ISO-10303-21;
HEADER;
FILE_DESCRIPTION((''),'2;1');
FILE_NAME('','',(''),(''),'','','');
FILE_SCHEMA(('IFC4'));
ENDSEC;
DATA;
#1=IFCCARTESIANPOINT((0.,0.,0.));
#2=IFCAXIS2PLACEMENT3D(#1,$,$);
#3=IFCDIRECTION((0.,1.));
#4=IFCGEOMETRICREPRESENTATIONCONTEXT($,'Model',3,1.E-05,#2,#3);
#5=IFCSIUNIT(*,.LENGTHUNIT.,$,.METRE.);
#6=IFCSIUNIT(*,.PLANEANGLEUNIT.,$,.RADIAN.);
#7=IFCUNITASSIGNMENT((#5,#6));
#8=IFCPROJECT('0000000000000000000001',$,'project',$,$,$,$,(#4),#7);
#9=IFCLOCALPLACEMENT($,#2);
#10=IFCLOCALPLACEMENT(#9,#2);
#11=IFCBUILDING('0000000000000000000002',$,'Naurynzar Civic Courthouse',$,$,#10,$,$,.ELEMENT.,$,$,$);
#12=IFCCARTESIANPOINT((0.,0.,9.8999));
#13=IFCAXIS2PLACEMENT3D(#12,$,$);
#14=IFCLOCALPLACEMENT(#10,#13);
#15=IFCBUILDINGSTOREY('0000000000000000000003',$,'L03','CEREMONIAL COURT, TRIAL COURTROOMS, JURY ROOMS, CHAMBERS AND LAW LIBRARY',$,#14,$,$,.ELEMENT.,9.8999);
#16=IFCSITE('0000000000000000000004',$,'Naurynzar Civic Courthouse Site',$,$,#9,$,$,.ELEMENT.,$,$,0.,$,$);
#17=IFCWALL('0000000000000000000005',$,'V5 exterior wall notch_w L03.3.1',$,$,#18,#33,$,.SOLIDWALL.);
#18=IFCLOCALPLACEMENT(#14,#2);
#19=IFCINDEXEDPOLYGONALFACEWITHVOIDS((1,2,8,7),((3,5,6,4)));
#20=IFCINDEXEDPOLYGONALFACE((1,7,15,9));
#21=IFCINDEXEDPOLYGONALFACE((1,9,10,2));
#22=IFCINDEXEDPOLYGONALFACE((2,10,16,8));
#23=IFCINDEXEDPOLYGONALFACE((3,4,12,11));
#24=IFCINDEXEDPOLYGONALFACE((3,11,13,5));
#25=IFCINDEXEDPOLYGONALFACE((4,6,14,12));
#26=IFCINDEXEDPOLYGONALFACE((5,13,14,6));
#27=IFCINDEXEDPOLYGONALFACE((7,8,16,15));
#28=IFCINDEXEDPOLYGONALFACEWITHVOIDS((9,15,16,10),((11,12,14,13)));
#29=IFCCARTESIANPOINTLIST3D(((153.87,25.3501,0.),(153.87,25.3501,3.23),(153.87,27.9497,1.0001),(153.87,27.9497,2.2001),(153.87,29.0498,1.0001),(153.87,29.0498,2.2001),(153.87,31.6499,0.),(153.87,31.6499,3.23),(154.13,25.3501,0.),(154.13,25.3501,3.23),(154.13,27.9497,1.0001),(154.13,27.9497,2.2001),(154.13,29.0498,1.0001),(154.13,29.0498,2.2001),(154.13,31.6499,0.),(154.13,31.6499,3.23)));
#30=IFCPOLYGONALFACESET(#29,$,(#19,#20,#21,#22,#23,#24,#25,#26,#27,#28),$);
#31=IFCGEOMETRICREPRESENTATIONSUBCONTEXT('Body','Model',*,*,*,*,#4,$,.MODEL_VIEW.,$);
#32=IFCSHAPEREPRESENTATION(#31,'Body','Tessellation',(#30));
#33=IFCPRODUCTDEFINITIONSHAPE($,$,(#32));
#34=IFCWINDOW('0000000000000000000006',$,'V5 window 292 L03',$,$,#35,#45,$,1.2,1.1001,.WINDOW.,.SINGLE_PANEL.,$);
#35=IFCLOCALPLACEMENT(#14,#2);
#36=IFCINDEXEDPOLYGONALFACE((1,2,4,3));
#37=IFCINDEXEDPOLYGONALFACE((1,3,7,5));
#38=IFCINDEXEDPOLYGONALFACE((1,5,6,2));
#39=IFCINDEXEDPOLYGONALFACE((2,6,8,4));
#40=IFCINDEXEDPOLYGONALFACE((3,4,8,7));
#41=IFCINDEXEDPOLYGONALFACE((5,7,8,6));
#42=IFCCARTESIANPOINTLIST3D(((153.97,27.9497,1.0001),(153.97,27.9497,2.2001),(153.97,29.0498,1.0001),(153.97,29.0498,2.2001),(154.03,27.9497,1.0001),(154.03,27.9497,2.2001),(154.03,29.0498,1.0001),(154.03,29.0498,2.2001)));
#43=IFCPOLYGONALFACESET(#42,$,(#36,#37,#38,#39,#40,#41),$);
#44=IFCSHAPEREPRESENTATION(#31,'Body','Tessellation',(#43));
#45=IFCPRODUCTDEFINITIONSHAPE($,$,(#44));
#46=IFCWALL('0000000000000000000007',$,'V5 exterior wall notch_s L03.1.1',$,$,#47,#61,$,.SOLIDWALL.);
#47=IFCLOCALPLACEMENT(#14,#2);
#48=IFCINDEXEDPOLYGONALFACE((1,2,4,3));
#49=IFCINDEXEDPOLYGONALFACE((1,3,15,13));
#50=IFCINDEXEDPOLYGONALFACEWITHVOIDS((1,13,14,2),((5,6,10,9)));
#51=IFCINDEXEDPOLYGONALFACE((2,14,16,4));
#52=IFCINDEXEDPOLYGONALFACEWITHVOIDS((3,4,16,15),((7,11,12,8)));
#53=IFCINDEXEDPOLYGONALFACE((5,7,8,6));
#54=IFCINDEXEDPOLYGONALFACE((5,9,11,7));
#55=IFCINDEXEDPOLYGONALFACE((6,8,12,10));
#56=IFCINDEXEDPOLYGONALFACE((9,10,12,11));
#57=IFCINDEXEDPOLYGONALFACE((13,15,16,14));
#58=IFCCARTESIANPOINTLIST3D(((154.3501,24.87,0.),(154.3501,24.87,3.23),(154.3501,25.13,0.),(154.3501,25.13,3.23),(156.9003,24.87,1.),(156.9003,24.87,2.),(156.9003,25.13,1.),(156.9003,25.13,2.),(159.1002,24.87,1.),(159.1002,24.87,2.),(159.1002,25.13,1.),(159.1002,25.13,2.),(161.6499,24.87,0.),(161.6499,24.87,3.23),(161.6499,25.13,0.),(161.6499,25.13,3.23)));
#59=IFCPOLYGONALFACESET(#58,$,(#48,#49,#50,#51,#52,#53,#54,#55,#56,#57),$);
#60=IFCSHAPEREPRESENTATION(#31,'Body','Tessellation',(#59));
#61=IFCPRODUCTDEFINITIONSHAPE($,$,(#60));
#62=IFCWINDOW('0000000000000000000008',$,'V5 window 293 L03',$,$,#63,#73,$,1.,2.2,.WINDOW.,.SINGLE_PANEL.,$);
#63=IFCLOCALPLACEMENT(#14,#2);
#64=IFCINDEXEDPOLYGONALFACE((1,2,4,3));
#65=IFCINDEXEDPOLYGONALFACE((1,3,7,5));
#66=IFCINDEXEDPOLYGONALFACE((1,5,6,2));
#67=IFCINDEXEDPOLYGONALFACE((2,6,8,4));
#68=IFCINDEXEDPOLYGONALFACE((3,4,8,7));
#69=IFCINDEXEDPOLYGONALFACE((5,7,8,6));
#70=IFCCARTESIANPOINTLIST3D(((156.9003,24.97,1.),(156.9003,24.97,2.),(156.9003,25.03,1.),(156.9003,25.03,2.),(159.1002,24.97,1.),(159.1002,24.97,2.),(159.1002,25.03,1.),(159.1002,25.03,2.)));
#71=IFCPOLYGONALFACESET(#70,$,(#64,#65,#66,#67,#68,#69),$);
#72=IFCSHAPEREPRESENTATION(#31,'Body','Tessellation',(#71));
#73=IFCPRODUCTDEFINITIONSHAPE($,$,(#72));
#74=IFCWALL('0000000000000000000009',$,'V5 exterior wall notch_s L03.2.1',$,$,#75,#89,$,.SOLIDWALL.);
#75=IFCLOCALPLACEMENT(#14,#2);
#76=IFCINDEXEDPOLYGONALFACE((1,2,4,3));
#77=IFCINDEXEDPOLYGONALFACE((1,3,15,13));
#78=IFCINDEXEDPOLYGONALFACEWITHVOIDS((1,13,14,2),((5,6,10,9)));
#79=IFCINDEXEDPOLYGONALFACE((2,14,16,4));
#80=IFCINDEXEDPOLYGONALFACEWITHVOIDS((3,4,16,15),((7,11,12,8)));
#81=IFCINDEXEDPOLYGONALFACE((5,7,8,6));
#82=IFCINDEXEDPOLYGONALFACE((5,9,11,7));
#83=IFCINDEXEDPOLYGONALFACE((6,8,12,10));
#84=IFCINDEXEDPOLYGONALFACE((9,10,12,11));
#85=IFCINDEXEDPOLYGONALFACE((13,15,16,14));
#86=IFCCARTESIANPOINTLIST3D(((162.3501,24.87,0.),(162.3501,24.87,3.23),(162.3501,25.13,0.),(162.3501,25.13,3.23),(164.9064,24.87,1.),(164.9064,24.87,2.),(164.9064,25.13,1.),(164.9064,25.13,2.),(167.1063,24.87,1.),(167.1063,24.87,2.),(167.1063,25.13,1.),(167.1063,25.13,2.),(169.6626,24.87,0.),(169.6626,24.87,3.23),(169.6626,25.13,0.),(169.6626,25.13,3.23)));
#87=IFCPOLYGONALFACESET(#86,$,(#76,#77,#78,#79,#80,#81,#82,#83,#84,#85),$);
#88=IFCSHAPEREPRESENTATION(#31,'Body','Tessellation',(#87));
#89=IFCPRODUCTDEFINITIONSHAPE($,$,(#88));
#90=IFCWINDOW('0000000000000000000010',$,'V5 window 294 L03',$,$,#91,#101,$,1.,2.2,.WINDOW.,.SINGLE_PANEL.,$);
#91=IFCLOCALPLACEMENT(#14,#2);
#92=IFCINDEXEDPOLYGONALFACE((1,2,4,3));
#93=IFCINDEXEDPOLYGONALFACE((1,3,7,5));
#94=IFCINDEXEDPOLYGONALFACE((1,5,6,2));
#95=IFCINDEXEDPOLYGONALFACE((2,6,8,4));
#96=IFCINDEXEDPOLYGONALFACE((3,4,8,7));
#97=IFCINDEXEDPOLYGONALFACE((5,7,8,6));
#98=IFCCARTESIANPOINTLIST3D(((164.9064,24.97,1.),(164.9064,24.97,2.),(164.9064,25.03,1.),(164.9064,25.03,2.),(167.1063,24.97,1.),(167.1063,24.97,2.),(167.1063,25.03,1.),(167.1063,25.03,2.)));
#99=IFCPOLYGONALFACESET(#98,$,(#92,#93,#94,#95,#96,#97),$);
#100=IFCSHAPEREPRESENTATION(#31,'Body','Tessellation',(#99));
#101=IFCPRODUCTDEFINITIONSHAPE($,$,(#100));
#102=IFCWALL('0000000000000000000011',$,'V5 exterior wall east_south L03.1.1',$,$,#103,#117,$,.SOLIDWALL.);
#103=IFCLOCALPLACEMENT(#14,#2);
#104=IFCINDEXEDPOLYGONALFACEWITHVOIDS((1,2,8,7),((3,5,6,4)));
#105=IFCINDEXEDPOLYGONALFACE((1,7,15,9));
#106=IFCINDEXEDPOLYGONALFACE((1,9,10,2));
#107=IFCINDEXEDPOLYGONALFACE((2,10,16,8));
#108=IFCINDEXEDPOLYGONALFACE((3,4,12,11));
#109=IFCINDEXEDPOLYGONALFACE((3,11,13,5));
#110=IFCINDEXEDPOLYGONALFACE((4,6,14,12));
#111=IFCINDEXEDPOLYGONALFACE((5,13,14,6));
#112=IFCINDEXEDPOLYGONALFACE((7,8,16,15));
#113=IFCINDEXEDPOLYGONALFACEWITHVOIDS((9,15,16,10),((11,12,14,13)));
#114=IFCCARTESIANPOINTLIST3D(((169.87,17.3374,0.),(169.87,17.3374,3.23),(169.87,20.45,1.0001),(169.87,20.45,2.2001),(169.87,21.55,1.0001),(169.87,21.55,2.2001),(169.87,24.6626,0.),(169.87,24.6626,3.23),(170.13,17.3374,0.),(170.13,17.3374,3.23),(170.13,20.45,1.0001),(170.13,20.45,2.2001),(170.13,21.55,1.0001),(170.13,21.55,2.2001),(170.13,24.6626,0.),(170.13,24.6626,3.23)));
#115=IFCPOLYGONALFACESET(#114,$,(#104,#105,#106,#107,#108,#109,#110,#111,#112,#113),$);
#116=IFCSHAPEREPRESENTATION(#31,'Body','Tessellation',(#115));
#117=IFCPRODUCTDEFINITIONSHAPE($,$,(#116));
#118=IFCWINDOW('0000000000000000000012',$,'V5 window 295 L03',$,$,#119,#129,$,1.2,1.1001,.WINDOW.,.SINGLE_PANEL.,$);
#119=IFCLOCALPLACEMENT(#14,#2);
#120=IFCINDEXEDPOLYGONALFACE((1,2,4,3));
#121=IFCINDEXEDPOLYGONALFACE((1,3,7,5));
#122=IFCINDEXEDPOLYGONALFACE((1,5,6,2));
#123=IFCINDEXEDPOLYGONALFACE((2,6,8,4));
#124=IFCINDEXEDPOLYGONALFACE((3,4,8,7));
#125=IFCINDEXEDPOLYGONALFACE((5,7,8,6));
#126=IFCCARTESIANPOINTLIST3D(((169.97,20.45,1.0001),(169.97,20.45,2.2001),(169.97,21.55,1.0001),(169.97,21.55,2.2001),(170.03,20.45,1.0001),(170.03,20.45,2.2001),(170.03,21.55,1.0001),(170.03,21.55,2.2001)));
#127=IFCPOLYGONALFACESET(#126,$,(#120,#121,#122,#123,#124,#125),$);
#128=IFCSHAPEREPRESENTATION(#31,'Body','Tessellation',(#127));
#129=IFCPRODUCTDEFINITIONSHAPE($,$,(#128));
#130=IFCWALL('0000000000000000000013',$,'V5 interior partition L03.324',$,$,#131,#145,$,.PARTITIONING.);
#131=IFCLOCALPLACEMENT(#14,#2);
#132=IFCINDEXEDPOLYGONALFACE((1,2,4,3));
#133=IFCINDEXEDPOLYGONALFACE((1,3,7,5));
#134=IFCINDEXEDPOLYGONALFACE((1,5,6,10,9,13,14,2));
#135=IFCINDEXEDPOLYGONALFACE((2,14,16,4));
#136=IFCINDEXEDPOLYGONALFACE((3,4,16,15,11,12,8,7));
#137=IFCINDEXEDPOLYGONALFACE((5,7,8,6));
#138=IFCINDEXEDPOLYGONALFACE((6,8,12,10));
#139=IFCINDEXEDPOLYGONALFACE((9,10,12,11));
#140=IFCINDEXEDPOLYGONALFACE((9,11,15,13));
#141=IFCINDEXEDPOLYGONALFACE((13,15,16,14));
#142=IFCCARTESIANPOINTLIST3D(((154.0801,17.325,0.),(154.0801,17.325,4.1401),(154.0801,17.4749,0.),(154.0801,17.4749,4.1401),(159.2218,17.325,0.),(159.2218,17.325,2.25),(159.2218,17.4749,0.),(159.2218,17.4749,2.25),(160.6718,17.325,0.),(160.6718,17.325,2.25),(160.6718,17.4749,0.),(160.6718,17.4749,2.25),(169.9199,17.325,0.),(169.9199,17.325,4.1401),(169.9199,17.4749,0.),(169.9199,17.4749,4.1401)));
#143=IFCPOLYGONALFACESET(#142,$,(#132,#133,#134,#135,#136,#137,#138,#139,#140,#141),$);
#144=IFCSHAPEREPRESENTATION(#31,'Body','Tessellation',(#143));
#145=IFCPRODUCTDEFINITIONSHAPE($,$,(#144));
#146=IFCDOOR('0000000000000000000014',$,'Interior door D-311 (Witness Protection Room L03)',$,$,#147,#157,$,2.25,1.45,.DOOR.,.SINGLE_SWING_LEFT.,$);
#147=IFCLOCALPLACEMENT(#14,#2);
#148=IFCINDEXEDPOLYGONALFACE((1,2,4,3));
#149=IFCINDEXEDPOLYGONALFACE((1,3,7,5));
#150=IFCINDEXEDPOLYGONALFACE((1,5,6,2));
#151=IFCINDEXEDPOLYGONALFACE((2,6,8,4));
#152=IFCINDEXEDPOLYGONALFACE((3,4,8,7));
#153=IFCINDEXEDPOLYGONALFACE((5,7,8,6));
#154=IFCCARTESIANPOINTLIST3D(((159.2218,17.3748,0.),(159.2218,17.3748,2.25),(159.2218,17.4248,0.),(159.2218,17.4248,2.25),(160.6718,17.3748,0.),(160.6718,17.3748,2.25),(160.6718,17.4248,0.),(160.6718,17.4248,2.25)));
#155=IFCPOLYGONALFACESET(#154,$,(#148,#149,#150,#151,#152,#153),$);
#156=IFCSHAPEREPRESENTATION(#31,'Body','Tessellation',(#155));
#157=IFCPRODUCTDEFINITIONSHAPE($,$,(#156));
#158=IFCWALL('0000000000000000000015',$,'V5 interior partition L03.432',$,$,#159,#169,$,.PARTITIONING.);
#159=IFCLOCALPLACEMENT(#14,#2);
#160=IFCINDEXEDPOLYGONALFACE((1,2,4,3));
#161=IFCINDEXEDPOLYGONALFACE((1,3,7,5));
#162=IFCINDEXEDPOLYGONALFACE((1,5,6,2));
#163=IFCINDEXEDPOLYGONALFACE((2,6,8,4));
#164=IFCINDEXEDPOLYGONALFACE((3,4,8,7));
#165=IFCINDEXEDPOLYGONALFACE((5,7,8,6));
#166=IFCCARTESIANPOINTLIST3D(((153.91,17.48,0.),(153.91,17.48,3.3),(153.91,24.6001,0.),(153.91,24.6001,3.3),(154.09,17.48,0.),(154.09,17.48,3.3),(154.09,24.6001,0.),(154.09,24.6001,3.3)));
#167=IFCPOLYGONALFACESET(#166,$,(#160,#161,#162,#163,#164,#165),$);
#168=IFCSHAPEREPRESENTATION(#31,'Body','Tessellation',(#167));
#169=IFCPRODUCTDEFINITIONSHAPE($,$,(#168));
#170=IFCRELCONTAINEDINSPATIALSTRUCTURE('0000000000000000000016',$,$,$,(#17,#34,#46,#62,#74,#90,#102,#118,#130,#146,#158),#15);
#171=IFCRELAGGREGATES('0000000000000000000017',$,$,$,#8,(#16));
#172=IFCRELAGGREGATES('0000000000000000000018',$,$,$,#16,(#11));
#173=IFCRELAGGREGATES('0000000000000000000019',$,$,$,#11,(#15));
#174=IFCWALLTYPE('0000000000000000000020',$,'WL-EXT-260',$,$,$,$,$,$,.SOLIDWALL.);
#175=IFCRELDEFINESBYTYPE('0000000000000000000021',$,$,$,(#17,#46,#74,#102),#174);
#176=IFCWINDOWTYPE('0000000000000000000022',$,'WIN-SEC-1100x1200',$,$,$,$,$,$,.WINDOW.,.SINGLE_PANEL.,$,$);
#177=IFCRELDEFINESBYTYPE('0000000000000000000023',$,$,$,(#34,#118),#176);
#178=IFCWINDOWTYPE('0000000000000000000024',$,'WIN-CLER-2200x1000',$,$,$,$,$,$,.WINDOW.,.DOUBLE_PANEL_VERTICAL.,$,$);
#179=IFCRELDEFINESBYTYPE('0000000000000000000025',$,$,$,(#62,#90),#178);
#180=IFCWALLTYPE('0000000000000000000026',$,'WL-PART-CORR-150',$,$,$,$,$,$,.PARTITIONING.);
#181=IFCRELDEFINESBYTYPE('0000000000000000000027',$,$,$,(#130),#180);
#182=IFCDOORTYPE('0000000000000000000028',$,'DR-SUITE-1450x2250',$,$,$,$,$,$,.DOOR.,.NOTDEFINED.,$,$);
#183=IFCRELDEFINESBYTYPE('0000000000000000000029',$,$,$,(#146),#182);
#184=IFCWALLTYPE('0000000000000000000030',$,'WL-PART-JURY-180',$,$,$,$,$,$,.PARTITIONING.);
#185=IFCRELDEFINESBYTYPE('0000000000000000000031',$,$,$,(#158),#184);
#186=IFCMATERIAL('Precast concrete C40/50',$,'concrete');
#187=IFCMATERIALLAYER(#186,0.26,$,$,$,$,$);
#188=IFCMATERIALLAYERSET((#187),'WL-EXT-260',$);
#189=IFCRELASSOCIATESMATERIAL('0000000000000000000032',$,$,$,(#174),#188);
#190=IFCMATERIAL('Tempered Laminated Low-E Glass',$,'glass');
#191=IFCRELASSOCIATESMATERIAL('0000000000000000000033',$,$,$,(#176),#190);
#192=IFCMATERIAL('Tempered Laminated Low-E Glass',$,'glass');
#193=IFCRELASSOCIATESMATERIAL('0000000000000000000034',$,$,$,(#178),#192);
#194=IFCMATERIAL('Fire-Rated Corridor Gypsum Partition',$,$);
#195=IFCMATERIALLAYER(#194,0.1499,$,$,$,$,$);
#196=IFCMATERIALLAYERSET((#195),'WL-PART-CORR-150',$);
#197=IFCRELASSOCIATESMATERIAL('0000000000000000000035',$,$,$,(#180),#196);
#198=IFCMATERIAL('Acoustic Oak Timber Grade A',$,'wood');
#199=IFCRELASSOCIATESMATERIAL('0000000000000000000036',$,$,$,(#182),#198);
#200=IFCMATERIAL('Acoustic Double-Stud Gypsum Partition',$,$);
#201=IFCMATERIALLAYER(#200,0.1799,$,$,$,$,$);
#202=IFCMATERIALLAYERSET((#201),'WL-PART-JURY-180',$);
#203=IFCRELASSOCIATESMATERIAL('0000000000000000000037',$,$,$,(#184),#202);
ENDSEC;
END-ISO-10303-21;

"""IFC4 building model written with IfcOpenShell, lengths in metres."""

from ifc_helpers import new_model, si_unit, direction, frame, frame_2d, origin, place, context, subcontext, project, spatial, rectangle, extrude, material, layer, layer_set, type_object, element, fill, save


model = new_model("IFC4")

# Units and contexts
model_context = context("Model", 3, precision=1e-05, world=origin(), true_north=direction((0.0, 1.0)))
body_context = subcontext(model_context, "Body", "Model", "MODEL_VIEW")
ifc_project = project(units=[si_unit("LENGTHUNIT", "METRE"), si_unit("PLANEANGLEUNIT", "RADIAN")], contexts=[model_context])

# Site, building, storey
site_placement = place(None, origin())
site = spatial("IfcSite", under=ifc_project, at=site_placement, Name="Naurynzar Civic Courthouse Site", CompositionType="ELEMENT", RefElevation=0.0)
building_placement = place(site_placement, origin())
building = spatial("IfcBuilding", under=site, at=building_placement, Name="Naurynzar Civic Courthouse", CompositionType="ELEMENT")
storey_placement = place(building_placement, frame((0.0, 0.0, 9.8999)))
storey = spatial("IfcBuildingStorey", under=building, at=storey_placement, Name="L03", Description="CEREMONIAL COURT, TRIAL COURTROOMS, JURY ROOMS, CHAMBERS AND LAW LIBRARY", CompositionType="ELEMENT", Elevation=9.8999)

# Walls, openings, windows
ifc_material_1 = material(Name="Precast concrete C40/50", Category="concrete")
ifc_layer_1 = layer(ifc_material_1, 0.26)
ifc_layer_set_1 = layer_set([ifc_layer_1], Name="WL-EXT-260")
wall_type_1 = type_object("IfcWallType", Name="WL-EXT-260", PredefinedType="SOLIDWALL", material=ifc_layer_set_1)
wall_1_placement = place(storey_placement, frame((154.0, 31.6499, 0.0), z_axis=(0.0, 0.0, 1.0), x_axis=(0.0, -1.0, 0.0)))
wall_1 = element("IfcWall", 1, at=wall_1_placement, inside=storey, type_object=wall_type_1, Name="V5 exterior wall notch_w L03.3.1", PredefinedType="SOLIDWALL", context=body_context, shape_type="SweptSolid", body=[
    extrude(rectangle(XDim=6.2998, YDim=0.26, at=frame_2d((3.1499, 0.0))), origin(), (0.0, 0.0, 1.0), 3.23),
])
opening_1_placement = place(wall_1_placement, frame((2.6001, 0.0, 1.0)))
opening_1 = element("IfcOpeningElement", 2, at=opening_1_placement, cuts=wall_1, PredefinedType="OPENING", context=body_context, shape_type="SweptSolid", body=[
    extrude(rectangle(XDim=1.1001, YDim=1.2, at=frame_2d((0.55, 0.6001))), frame((0.0, 0.1399, 0.0), z_axis=(0.0, -1.0, 0.0), x_axis=(1.0, 0.0, 0.0)), (0.0, 0.0, 1.0), 0.28),
])
ifc_material_2 = material(Name="Tempered Laminated Low-E Glass", Category="glass")
window_type_1 = type_object("IfcWindowType", Name="WIN-SEC-1100x1200", PartitioningType="SINGLE_PANEL", PredefinedType="WINDOW", material=ifc_material_2)
window_1_placement = place(opening_1_placement, origin())
window_1 = element("IfcWindow", 3, at=window_1_placement, inside=storey, type_object=window_type_1, Name="V5 window 292 L03", OverallHeight=1.2, OverallWidth=1.1001, PartitioningType="SINGLE_PANEL", PredefinedType="WINDOW", context=body_context, shape_type="SweptSolid", body=[
    extrude(rectangle(XDim=1.1001, YDim=1.2, at=frame_2d((0.55, 0.6001))), frame((0.0, 0.03, 0.0), z_axis=(0.0, -1.0, 0.0), x_axis=(1.0, 0.0, 0.0)), (0.0, 0.0, 1.0), 0.0601),
])
fill(opening_1, window_1)
wall_2_placement = place(storey_placement, frame((154.3501, 25.0, 0.0), z_axis=(0.0, 0.0, 1.0), x_axis=(1.0, 0.0, 0.0)))
wall_2 = element("IfcWall", 4, at=wall_2_placement, inside=storey, type_object=wall_type_1, Name="V5 exterior wall notch_s L03.1.1", PredefinedType="SOLIDWALL", context=body_context, shape_type="SweptSolid", body=[
    extrude(rectangle(XDim=7.2998, YDim=0.26, at=frame_2d((3.6499, 0.0))), origin(), (0.0, 0.0, 1.0), 3.23),
])
opening_2_placement = place(wall_2_placement, frame((2.55, 0.0, 1.0)))
opening_2 = element("IfcOpeningElement", 5, at=opening_2_placement, cuts=wall_2, PredefinedType="OPENING", context=body_context, shape_type="SweptSolid", body=[
    extrude(rectangle(XDim=2.2, YDim=1.0, at=frame_2d((1.1001, 0.5))), frame((0.0, 0.1399, 0.0), z_axis=(0.0, -1.0, 0.0), x_axis=(1.0, 0.0, 0.0)), (0.0, 0.0, 1.0), 0.28),
])
ifc_material_3 = material(Name="Tempered Laminated Low-E Glass", Category="glass")
window_type_2 = type_object("IfcWindowType", Name="WIN-CLER-2200x1000", PartitioningType="DOUBLE_PANEL_VERTICAL", PredefinedType="WINDOW", material=ifc_material_3)
window_2_placement = place(opening_2_placement, origin())
window_2 = element("IfcWindow", 6, at=window_2_placement, inside=storey, type_object=window_type_2, Name="V5 window 293 L03", OverallHeight=1.0, OverallWidth=2.2, PartitioningType="SINGLE_PANEL", PredefinedType="WINDOW", context=body_context, shape_type="SweptSolid", body=[
    extrude(rectangle(XDim=2.2, YDim=1.0, at=frame_2d((1.1001, 0.5))), frame((0.0, 0.03, 0.0), z_axis=(0.0, -1.0, 0.0), x_axis=(1.0, 0.0, 0.0)), (0.0, 0.0, 1.0), 0.0601),
])
fill(opening_2, window_2)
wall_3_placement = place(storey_placement, frame((162.3501, 25.0, 0.0), z_axis=(0.0, 0.0, 1.0), x_axis=(1.0, 0.0, 0.0)))
wall_3 = element("IfcWall", 7, at=wall_3_placement, inside=storey, type_object=wall_type_1, Name="V5 exterior wall notch_s L03.2.1", PredefinedType="SOLIDWALL", context=body_context, shape_type="SweptSolid", body=[
    extrude(rectangle(XDim=7.3125, YDim=0.26, at=frame_2d((3.6562, 0.0))), origin(), (0.0, 0.0, 1.0), 3.23),
])
opening_3_placement = place(wall_3_placement, frame((2.5562, 0.0, 1.0)))
opening_3 = element("IfcOpeningElement", 8, at=opening_3_placement, cuts=wall_3, PredefinedType="OPENING", context=body_context, shape_type="SweptSolid", body=[
    extrude(rectangle(XDim=2.2, YDim=1.0, at=frame_2d((1.1001, 0.5))), frame((0.0, 0.1399, 0.0), z_axis=(0.0, -1.0, 0.0), x_axis=(1.0, 0.0, 0.0)), (0.0, 0.0, 1.0), 0.28),
])
window_3_placement = place(opening_3_placement, origin())
window_3 = element("IfcWindow", 9, at=window_3_placement, inside=storey, type_object=window_type_2, Name="V5 window 294 L03", OverallHeight=1.0, OverallWidth=2.2, PartitioningType="SINGLE_PANEL", PredefinedType="WINDOW", context=body_context, shape_type="SweptSolid", body=[
    extrude(rectangle(XDim=2.2, YDim=1.0, at=frame_2d((1.1001, 0.5))), frame((0.0, 0.03, 0.0), z_axis=(0.0, -1.0, 0.0), x_axis=(1.0, 0.0, 0.0)), (0.0, 0.0, 1.0), 0.0601),
])
fill(opening_3, window_3)
wall_4_placement = place(storey_placement, frame((170.0, 24.6626, 0.0), z_axis=(0.0, 0.0, 1.0), x_axis=(0.0, -1.0, 0.0)))
wall_4 = element("IfcWall", 10, at=wall_4_placement, inside=storey, type_object=wall_type_1, Name="V5 exterior wall east_south L03.1.1", PredefinedType="SOLIDWALL", context=body_context, shape_type="SweptSolid", body=[
    extrude(rectangle(XDim=7.3252, YDim=0.26, at=frame_2d((3.6626, 0.0))), origin(), (0.0, 0.0, 1.0), 3.23),
])
opening_4_placement = place(wall_4_placement, frame((3.1125, 0.0, 1.0)))
opening_4 = element("IfcOpeningElement", 11, at=opening_4_placement, cuts=wall_4, PredefinedType="OPENING", context=body_context, shape_type="SweptSolid", body=[
    extrude(rectangle(XDim=1.1001, YDim=1.2, at=frame_2d((0.55, 0.6001))), frame((0.0, 0.1399, 0.0), z_axis=(0.0, -1.0, 0.0), x_axis=(1.0, 0.0, 0.0)), (0.0, 0.0, 1.0), 0.28),
])
window_4_placement = place(opening_4_placement, origin())
window_4 = element("IfcWindow", 12, at=window_4_placement, inside=storey, type_object=window_type_1, Name="V5 window 295 L03", OverallHeight=1.2, OverallWidth=1.1001, PartitioningType="SINGLE_PANEL", PredefinedType="WINDOW", context=body_context, shape_type="SweptSolid", body=[
    extrude(rectangle(XDim=1.1001, YDim=1.2, at=frame_2d((0.55, 0.6001))), frame((0.0, 0.03, 0.0), z_axis=(0.0, -1.0, 0.0), x_axis=(1.0, 0.0, 0.0)), (0.0, 0.0, 1.0), 0.0601),
])
fill(opening_4, window_4)

# Wall, opening, door
ifc_material_4 = material(Name="Fire-Rated Corridor Gypsum Partition")
ifc_layer_2 = layer(ifc_material_4, 0.1499)
ifc_layer_set_2 = layer_set([ifc_layer_2], Name="WL-PART-CORR-150")
wall_type_2 = type_object("IfcWallType", Name="WL-PART-CORR-150", PredefinedType="PARTITIONING", material=ifc_layer_set_2)
wall_5_placement = place(storey_placement, frame((154.0801, 17.3999, 0.0), z_axis=(0.0, 0.0, 1.0), x_axis=(1.0, 0.0, 0.0)))
wall_5 = element("IfcWall", 13, at=wall_5_placement, inside=storey, type_object=wall_type_2, Name="V5 interior partition L03.324", PredefinedType="PARTITIONING", context=body_context, shape_type="SweptSolid", body=[
    extrude(rectangle(XDim=15.8398, YDim=0.1499, at=frame_2d((7.9199, 0.0))), origin(), (0.0, 0.0, 1.0), 4.1401),
])
opening_5_placement = place(wall_5_placement, frame((5.1416, 0.0, 0.0)))
opening_5 = element("IfcOpeningElement", 14, at=opening_5_placement, cuts=wall_5, PredefinedType="OPENING", context=body_context, shape_type="SweptSolid", body=[
    extrude(rectangle(XDim=1.45, YDim=2.25, at=frame_2d((0.7251, 1.125))), frame((0.0, 0.085, 0.0), z_axis=(0.0, -1.0, 0.0), x_axis=(1.0, 0.0, 0.0)), (0.0, 0.0, 1.0), 0.1699),
])
ifc_material_5 = material(Name="Acoustic Oak Timber Grade A", Category="wood")
door_type = type_object("IfcDoorType", Name="DR-SUITE-1450x2250", OperationType="NOTDEFINED", PredefinedType="DOOR", material=ifc_material_5)
door_placement = place(opening_5_placement, origin())
door = element("IfcDoor", 15, at=door_placement, inside=storey, type_object=door_type, Name="Interior door D-311 (Witness Protection Room L03)", OperationType="SINGLE_SWING_LEFT", OverallHeight=2.25, OverallWidth=1.45, PredefinedType="DOOR", context=body_context, shape_type="SweptSolid", body=[
    extrude(rectangle(XDim=1.45, YDim=2.25, at=frame_2d((0.7251, 1.125))), frame((0.0, 0.0249, 0.0), z_axis=(0.0, -1.0, 0.0), x_axis=(1.0, 0.0, 0.0)), (0.0, 0.0, 1.0), 0.05),
])
fill(opening_5, door)

# Wall
ifc_material_6 = material(Name="Acoustic Double-Stud Gypsum Partition")
ifc_layer_3 = layer(ifc_material_6, 0.1799)
ifc_layer_set_3 = layer_set([ifc_layer_3], Name="WL-PART-JURY-180")
wall_type_3 = type_object("IfcWallType", Name="WL-PART-JURY-180", PredefinedType="PARTITIONING", material=ifc_layer_set_3)
wall_6_placement = place(storey_placement, frame((154.0, 17.48, 0.0), z_axis=(0.0, 0.0, 1.0), x_axis=(0.0, 1.0, 0.0)))
element("IfcWall", 16, at=wall_6_placement, inside=storey, type_object=wall_type_3, Name="V5 interior partition L03.432", PredefinedType="PARTITIONING", context=body_context, shape_type="SweptSolid", body=[
    extrude(rectangle(XDim=7.1201, YDim=0.1799, at=frame_2d((3.5601, 0.0))), origin(), (0.0, 0.0, 1.0), 3.3),
])

save(model, "model.ifc")
